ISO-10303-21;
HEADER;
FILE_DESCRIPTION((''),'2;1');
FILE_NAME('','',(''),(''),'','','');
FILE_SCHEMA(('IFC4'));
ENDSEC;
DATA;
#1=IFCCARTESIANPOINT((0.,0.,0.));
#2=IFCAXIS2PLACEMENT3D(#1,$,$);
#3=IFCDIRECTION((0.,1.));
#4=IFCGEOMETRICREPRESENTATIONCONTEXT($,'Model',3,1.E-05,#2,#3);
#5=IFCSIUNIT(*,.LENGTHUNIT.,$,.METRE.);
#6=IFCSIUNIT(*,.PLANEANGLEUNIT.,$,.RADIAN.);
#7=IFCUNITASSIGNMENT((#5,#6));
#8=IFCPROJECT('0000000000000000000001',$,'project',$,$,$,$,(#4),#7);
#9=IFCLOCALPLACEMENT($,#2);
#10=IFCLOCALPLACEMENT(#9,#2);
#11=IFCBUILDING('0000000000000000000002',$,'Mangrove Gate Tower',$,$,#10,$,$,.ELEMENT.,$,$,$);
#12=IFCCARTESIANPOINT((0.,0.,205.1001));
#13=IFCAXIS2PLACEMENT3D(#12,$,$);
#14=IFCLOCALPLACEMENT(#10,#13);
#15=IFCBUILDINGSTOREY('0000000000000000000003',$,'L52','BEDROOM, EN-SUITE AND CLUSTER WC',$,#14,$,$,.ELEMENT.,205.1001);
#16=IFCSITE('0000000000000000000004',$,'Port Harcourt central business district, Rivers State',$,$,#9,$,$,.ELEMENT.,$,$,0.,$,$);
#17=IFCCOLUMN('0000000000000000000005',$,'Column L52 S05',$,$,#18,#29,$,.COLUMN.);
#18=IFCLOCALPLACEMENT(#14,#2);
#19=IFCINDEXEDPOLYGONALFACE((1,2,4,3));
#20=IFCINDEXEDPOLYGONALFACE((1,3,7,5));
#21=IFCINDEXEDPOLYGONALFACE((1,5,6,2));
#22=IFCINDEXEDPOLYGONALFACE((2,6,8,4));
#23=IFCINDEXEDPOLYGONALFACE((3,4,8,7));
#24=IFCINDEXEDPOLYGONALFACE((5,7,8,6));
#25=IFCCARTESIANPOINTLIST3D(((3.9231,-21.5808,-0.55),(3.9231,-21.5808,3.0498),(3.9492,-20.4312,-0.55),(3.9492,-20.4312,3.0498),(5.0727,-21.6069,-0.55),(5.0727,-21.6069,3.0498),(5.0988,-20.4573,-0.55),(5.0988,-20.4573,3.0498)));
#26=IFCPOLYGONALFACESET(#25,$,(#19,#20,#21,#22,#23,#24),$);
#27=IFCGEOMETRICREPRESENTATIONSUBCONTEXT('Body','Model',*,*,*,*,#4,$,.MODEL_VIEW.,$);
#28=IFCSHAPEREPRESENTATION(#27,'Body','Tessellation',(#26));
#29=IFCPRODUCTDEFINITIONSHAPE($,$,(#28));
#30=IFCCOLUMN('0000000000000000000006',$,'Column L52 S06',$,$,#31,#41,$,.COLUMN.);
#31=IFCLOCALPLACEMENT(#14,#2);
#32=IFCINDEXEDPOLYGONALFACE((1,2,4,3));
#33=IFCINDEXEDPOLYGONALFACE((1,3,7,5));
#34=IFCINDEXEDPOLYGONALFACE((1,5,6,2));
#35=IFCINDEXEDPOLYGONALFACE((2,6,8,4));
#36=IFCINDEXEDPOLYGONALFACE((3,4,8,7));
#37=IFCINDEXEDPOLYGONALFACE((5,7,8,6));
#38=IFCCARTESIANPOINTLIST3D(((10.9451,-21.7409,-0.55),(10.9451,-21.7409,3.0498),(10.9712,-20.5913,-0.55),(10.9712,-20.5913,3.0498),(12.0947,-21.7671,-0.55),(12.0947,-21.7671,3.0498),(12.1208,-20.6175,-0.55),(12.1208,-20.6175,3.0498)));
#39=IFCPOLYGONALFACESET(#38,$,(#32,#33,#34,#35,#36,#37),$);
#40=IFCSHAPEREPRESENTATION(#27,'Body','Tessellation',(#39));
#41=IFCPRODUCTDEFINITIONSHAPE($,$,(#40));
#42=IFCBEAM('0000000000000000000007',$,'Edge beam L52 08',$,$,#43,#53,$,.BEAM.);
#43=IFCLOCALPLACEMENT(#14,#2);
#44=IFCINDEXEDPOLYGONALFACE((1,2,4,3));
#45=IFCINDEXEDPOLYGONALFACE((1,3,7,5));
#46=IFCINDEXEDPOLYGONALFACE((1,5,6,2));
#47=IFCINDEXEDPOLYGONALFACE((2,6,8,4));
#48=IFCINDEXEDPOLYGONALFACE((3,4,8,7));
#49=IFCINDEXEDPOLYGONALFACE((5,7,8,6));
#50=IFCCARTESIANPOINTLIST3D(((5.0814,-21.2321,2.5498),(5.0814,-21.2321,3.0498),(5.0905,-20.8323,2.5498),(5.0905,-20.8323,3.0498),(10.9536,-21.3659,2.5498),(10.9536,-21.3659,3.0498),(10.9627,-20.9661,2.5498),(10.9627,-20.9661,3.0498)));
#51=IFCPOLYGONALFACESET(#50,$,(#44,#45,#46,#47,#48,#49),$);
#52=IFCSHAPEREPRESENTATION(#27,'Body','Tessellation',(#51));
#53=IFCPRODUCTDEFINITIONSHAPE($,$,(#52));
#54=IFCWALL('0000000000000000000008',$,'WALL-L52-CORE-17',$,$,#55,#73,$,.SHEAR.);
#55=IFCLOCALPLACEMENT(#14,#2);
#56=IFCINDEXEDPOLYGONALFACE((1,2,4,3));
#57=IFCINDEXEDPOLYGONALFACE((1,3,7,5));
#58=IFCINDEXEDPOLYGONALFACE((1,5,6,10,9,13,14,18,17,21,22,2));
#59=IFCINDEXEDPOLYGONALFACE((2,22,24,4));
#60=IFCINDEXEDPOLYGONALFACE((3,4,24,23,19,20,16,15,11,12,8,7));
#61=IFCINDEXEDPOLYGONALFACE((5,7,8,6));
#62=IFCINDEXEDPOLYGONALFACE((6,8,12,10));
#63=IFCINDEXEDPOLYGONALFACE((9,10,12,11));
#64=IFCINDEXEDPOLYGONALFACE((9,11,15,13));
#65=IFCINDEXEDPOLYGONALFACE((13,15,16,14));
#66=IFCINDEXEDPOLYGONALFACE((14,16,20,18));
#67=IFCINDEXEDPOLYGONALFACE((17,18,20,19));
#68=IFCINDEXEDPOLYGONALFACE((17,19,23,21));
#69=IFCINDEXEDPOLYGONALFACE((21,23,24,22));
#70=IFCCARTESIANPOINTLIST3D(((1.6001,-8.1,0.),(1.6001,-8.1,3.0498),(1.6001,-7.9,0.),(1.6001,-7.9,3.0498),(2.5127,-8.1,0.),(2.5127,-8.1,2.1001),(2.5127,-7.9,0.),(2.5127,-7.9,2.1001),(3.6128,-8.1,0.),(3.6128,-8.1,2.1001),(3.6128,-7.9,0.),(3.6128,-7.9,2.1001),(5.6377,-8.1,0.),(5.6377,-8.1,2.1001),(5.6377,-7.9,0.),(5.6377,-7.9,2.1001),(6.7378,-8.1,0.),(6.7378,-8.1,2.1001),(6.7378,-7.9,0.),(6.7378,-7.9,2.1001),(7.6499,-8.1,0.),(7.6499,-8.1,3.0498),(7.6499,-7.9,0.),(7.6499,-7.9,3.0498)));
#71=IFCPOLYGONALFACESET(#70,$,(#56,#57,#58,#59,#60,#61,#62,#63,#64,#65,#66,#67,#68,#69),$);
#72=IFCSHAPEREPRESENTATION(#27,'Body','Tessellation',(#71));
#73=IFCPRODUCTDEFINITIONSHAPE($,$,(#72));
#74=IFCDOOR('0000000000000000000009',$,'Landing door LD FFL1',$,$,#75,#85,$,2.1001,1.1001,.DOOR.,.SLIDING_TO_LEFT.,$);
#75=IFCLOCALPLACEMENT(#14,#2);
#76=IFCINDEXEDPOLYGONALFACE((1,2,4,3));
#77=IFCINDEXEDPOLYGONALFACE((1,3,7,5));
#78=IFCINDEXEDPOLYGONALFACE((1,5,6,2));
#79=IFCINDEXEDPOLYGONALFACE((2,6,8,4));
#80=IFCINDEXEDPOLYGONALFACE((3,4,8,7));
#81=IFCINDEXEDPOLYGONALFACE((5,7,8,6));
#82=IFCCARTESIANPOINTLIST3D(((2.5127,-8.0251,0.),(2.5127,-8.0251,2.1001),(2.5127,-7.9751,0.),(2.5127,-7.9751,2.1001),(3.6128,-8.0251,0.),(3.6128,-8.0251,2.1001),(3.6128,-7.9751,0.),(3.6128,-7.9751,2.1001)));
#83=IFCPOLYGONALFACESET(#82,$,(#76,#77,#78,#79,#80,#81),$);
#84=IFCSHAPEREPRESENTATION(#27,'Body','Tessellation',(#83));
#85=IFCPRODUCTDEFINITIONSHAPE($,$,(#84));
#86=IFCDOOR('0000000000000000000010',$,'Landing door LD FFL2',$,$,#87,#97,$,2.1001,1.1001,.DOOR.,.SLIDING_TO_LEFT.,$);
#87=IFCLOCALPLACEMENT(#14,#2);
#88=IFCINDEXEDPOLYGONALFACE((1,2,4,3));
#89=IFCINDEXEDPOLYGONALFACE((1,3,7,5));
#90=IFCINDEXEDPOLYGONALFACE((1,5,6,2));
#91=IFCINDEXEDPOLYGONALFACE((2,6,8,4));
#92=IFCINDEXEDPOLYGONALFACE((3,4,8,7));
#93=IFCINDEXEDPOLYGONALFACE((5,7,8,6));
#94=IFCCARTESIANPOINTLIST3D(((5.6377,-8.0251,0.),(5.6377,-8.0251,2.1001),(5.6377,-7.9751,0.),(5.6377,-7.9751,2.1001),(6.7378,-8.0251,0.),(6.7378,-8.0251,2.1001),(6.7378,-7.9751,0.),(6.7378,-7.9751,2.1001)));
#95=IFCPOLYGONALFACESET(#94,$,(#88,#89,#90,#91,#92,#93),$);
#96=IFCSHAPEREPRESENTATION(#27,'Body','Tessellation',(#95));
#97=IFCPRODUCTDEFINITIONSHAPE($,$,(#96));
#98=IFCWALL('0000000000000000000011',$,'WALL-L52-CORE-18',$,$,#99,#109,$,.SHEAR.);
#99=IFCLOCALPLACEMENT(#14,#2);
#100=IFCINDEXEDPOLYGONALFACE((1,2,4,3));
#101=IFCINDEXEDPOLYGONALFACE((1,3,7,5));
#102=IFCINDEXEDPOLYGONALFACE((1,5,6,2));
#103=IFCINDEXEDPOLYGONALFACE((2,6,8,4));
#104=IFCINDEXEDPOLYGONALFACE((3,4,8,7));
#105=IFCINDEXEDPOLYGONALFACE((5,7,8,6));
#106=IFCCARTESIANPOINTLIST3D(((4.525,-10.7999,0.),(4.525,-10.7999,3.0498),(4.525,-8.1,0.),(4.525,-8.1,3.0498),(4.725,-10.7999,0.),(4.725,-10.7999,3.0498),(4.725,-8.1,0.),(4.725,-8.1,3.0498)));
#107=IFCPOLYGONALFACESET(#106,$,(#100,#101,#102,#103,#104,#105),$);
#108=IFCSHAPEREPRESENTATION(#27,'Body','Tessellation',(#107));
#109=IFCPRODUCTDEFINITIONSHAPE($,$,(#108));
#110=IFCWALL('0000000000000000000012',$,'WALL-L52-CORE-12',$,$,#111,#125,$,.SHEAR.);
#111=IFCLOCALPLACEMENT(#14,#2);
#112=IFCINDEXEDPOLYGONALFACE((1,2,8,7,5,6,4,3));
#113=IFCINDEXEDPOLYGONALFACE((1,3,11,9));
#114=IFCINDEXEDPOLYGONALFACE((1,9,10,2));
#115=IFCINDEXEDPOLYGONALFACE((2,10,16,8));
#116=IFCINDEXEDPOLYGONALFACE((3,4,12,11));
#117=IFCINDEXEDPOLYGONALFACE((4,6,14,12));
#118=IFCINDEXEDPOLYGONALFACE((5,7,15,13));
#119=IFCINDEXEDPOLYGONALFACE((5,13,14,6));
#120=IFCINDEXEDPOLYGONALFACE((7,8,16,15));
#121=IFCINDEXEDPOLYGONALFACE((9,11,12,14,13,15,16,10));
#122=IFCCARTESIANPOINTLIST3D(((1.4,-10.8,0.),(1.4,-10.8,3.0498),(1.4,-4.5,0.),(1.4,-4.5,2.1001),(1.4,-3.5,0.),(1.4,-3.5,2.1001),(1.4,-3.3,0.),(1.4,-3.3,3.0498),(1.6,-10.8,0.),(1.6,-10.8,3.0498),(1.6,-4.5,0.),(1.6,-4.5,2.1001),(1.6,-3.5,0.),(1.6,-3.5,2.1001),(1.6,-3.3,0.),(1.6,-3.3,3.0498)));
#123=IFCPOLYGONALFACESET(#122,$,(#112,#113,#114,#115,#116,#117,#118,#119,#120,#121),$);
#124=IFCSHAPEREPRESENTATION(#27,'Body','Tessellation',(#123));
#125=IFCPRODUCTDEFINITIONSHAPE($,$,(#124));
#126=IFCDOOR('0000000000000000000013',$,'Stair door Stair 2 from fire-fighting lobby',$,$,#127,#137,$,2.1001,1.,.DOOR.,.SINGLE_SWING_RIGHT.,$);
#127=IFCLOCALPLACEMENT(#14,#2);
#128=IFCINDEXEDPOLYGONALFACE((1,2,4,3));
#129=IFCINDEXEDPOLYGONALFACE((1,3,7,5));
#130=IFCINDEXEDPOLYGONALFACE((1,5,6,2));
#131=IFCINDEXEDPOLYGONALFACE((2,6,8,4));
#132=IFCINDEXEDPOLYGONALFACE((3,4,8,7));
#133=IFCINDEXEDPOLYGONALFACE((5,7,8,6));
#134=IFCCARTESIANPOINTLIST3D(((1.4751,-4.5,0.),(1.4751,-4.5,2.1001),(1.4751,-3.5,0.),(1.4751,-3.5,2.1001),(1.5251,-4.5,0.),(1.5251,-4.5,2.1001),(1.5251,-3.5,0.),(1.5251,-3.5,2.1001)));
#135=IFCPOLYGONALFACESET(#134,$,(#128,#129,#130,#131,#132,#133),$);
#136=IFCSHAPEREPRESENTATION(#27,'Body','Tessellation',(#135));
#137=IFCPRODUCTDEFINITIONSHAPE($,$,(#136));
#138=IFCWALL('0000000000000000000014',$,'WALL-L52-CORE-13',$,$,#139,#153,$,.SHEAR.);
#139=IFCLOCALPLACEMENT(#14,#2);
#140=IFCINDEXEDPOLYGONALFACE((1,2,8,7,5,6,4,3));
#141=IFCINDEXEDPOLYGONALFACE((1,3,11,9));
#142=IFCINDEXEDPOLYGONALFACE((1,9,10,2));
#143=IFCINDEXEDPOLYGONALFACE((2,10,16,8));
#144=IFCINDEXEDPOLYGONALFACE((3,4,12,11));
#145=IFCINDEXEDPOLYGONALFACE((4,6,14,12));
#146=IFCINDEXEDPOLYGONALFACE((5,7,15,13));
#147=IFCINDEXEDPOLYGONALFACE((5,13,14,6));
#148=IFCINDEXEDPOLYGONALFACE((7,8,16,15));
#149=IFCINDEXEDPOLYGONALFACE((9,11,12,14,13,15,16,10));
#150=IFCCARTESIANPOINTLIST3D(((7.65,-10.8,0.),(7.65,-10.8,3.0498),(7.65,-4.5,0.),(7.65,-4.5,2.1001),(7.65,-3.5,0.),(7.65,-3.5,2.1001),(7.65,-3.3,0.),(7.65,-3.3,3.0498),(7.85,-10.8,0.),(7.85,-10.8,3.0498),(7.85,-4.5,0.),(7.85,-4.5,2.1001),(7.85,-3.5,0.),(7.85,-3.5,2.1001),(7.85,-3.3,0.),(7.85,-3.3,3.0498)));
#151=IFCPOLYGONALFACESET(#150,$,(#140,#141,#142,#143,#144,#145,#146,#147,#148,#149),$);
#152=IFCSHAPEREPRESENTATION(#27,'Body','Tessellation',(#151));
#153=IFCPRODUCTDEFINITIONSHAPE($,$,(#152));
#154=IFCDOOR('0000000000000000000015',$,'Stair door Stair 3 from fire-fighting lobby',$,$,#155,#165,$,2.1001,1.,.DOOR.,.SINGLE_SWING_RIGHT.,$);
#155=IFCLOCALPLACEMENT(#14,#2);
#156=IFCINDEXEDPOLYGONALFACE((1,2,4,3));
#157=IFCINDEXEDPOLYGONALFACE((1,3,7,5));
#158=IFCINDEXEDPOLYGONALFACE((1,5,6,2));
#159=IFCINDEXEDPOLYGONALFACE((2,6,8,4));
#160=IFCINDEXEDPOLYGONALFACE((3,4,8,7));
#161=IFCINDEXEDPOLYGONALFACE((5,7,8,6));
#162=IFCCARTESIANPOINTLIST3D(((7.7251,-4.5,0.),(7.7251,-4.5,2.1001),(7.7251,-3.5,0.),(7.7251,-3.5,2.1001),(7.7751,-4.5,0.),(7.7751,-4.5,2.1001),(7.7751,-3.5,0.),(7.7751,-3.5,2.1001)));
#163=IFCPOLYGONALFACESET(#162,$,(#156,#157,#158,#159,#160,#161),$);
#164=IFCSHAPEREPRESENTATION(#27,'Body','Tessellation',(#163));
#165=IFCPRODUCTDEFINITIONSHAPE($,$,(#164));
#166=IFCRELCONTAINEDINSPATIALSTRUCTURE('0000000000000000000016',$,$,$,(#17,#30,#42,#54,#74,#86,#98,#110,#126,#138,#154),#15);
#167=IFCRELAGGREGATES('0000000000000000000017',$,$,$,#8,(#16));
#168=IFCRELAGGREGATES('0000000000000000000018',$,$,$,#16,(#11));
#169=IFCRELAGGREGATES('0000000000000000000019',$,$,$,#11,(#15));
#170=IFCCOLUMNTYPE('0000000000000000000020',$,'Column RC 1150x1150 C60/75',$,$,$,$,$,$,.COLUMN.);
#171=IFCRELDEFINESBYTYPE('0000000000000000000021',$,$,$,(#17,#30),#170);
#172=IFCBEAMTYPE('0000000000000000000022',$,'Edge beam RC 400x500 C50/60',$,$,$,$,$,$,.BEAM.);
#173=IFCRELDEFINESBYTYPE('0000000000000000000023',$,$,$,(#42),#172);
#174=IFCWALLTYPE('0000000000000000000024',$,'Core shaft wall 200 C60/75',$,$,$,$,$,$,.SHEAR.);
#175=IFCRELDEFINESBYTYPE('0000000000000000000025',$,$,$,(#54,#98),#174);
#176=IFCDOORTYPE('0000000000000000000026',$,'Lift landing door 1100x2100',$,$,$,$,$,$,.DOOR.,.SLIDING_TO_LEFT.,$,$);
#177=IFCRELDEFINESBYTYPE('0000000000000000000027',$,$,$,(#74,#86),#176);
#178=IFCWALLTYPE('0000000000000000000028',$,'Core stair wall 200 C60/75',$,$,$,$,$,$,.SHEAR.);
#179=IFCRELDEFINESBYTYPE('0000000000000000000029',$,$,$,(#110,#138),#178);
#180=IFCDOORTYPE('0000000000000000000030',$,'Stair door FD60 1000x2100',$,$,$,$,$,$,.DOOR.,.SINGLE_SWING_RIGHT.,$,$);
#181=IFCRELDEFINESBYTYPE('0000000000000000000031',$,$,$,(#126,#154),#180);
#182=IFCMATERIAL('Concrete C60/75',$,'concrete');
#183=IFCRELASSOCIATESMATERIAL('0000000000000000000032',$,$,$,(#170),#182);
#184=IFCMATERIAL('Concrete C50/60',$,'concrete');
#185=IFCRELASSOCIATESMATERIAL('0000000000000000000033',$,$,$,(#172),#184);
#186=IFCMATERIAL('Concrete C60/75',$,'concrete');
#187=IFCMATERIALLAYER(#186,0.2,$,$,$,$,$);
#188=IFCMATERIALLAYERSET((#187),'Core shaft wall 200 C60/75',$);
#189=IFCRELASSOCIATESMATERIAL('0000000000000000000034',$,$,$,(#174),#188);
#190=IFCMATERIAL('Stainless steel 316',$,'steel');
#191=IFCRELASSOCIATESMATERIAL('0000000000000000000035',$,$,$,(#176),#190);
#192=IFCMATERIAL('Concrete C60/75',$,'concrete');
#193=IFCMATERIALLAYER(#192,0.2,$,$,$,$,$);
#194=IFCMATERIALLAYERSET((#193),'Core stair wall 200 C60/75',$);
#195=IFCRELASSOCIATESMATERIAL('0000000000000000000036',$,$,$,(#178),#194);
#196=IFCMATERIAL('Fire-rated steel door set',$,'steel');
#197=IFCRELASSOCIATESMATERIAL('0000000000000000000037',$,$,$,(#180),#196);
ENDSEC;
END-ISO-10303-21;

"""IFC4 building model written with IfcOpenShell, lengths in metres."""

from ifc_helpers import new_model, si_unit, direction, frame, frame_2d, origin, origin_2d, place, context, subcontext, project, spatial, rectangle, extrude, material, layer, layer_set, material_profile, profile_set, type_object, element, fill, save


model = new_model("IFC4")

# Units and contexts
model_context = context("Model", 3, precision=1e-05, world=origin(), true_north=direction((0.0, 1.0)))
body_context = subcontext(model_context, "Body", "Model", "MODEL_VIEW")
ifc_project = project(units=[si_unit("LENGTHUNIT", "METRE"), si_unit("PLANEANGLEUNIT", "RADIAN")], contexts=[model_context])

# Site, building, storey
site_placement = place(None, origin())
site = spatial("IfcSite", under=ifc_project, at=site_placement, Name="Port Harcourt central business district, Rivers State", CompositionType="ELEMENT", RefElevation=0.0)
building_placement = place(site_placement, origin())
building = spatial("IfcBuilding", under=site, at=building_placement, Name="Mangrove Gate Tower", CompositionType="ELEMENT")
storey_placement = place(building_placement, frame((0.0, 0.0, 205.1001)))
storey = spatial("IfcBuildingStorey", under=building, at=storey_placement, Name="L52", Description="BEDROOM, EN-SUITE AND CLUSTER WC", CompositionType="ELEMENT", Elevation=205.1001)

# Columns
ifc_material_1 = material(Name="Concrete C60/75", Category="concrete")
ifc_material_profile_1 = material_profile(ifc_material_1, rectangle(XDim=1.1499, YDim=1.1499, at=origin_2d()))
ifc_profile_set_1 = profile_set([ifc_material_profile_1], Name="Concrete C60/75")
column_type = type_object("IfcColumnType", Name="Column RC 1150x1150 C60/75", PredefinedType="COLUMN", material=ifc_profile_set_1)
for number, where, z_axis, x_axis, name in (
    (1, (4.511, -21.019, -0.55), (0.0, 0.0, 1.0), (0.999742, -0.022708, 0.0), "Column L52 S05"),
    (2, (11.533, -21.1792, -0.55), (0.0, 0.0, 1.0), (0.999742, -0.022707, 0.0), "Column L52 S06"),
):
    element("IfcColumn", number, at=place(storey_placement, frame(where, z_axis=z_axis, x_axis=x_axis)), inside=storey, type_object=column_type, Name=name, PredefinedType="COLUMN", context=body_context, shape_type="SweptSolid", body=[
        extrude(rectangle(XDim=1.1499, YDim=1.1499, at=origin_2d()), origin(), (0.0, 0.0, 1.0), 3.5999),
    ])

# Beam
ifc_material_2 = material(Name="Concrete C50/60", Category="concrete")
ifc_material_profile_2 = material_profile(ifc_material_2, rectangle(XDim=0.3999, YDim=0.5, at=origin_2d()))
ifc_profile_set_2 = profile_set([ifc_material_profile_2], Name="Concrete C50/60")
beam_type = type_object("IfcBeamType", Name="Edge beam RC 400x500 C50/60", PredefinedType="BEAM", material=ifc_profile_set_2)
beam_placement = place(storey_placement, frame((5.0859, -21.0322, 2.7998), z_axis=(0.999741, -0.022777, 0.0), x_axis=(0.022777, 0.999741, 0.0)))
element("IfcBeam", 3, at=beam_placement, inside=storey, type_object=beam_type, Name="Edge beam L52 08", PredefinedType="BEAM", context=body_context, shape_type="SweptSolid", body=[
    extrude(rectangle(XDim=0.3999, YDim=0.5, at=origin_2d()), origin(), (0.0, 0.0, 1.0), 5.8738),
])

# Wall, openings, doors
ifc_material_3 = material(Name="Concrete C60/75", Category="concrete")
ifc_layer_1 = layer(ifc_material_3, 0.2)
ifc_layer_set_1 = layer_set([ifc_layer_1], Name="Core shaft wall 200 C60/75")
wall_type_1 = type_object("IfcWallType", Name="Core shaft wall 200 C60/75", PredefinedType="SHEAR", material=ifc_layer_set_1)
wall_1_placement = place(storey_placement, frame((1.6001, -8.0, 0.0), z_axis=(0.0, 0.0, 1.0), x_axis=(1.0, 0.0, 0.0)))
wall_1 = element("IfcWall", 4, at=wall_1_placement, inside=storey, type_object=wall_type_1, Name="WALL-L52-CORE-17", PredefinedType="SHEAR", context=body_context, shape_type="SweptSolid", body=[
    extrude(rectangle(XDim=6.0498, YDim=0.2, at=frame_2d((3.0249, 0.0))), origin(), (0.0, 0.0, 1.0), 3.0498),
])
opening_1_placement = place(wall_1_placement, frame((0.9126, 0.0, 0.0)))
opening_1 = element("IfcOpeningElement", 5, at=opening_1_placement, cuts=wall_1, PredefinedType="OPENING", context=body_context, shape_type="SweptSolid", body=[
    extrude(rectangle(XDim=1.1001, YDim=2.1001, at=frame_2d((0.55, 1.05))), frame((0.0, 0.1099, 0.0), z_axis=(0.0, -1.0, 0.0), x_axis=(1.0, 0.0, 0.0)), (0.0, 0.0, 1.0), 0.22),
])
opening_2_placement = place(wall_1_placement, frame((4.0376, 0.0, 0.0)))
opening_2 = element("IfcOpeningElement", 6, at=opening_2_placement, cuts=wall_1, PredefinedType="OPENING", context=body_context, shape_type="SweptSolid", body=[
    extrude(rectangle(XDim=1.1001, YDim=2.1001, at=frame_2d((0.55, 1.05))), frame((0.0, 0.1099, 0.0), z_axis=(0.0, -1.0, 0.0), x_axis=(1.0, 0.0, 0.0)), (0.0, 0.0, 1.0), 0.22),
])
ifc_material_4 = material(Name="Stainless steel 316", Category="steel")
door_type_1 = type_object("IfcDoorType", Name="Lift landing door 1100x2100", OperationType="SLIDING_TO_LEFT", PredefinedType="DOOR", material=ifc_material_4)
door_1_placement = place(opening_1_placement, origin())
door_1 = element("IfcDoor", 7, at=door_1_placement, inside=storey, type_object=door_type_1, Name="Landing door LD FFL1", OperationType="SLIDING_TO_LEFT", OverallHeight=2.1001, OverallWidth=1.1001, PredefinedType="DOOR", context=body_context, shape_type="SweptSolid", body=[
    extrude(rectangle(XDim=1.1001, YDim=2.1001, at=frame_2d((0.55, 1.05))), frame((0.0, 0.0249, 0.0), z_axis=(0.0, -1.0, 0.0), x_axis=(1.0, 0.0, 0.0)), (0.0, 0.0, 1.0), 0.05),
])
fill(opening_1, door_1)
door_2_placement = place(opening_2_placement, origin())
door_2 = element("IfcDoor", 8, at=door_2_placement, inside=storey, type_object=door_type_1, Name="Landing door LD FFL2", OperationType="SLIDING_TO_LEFT", OverallHeight=2.1001, OverallWidth=1.1001, PredefinedType="DOOR", context=body_context, shape_type="SweptSolid", body=[
    extrude(rectangle(XDim=1.1001, YDim=2.1001, at=frame_2d((0.55, 1.05))), frame((0.0, 0.0249, 0.0), z_axis=(0.0, -1.0, 0.0), x_axis=(1.0, 0.0, 0.0)), (0.0, 0.0, 1.0), 0.05),
])
fill(opening_2, door_2)

# Wall
wall_2_placement = place(storey_placement, frame((4.625, -10.8, 0.0), z_axis=(0.0, 0.0, 1.0), x_axis=(0.0, 1.0, 0.0)))
element("IfcWall", 9, at=wall_2_placement, inside=storey, type_object=wall_type_1, Name="WALL-L52-CORE-18", PredefinedType="SHEAR", context=body_context, shape_type="SweptSolid", body=[
    extrude(rectangle(XDim=2.7, YDim=0.2, at=frame_2d((1.3501, 0.0))), origin(), (0.0, 0.0, 1.0), 3.0498),
])

# Walls, openings, doors
ifc_material_5 = material(Name="Concrete C60/75", Category="concrete")
ifc_layer_2 = layer(ifc_material_5, 0.2)
ifc_layer_set_2 = layer_set([ifc_layer_2], Name="Core stair wall 200 C60/75")
wall_type_2 = type_object("IfcWallType", Name="Core stair wall 200 C60/75", PredefinedType="SHEAR", material=ifc_layer_set_2)
wall_3_placement = place(storey_placement, frame((1.5, -10.8, 0.0), z_axis=(0.0, 0.0, 1.0), x_axis=(0.0, 1.0, 0.0)))
wall_3 = element("IfcWall", 10, at=wall_3_placement, inside=storey, type_object=wall_type_2, Name="WALL-L52-CORE-12", PredefinedType="SHEAR", context=body_context, shape_type="SweptSolid", body=[
    extrude(rectangle(XDim=7.5, YDim=0.2, at=frame_2d((3.75, 0.0))), origin(), (0.0, 0.0, 1.0), 3.0498),
])
opening_3_placement = place(wall_3_placement, frame((6.3, 0.0, 0.0)))
opening_3 = element("IfcOpeningElement", 11, at=opening_3_placement, cuts=wall_3, PredefinedType="OPENING", context=body_context, shape_type="SweptSolid", body=[
    extrude(rectangle(XDim=1.0, YDim=2.1001, at=frame_2d((0.5, 1.05))), frame((0.0, 0.1099, 0.0), z_axis=(0.0, -1.0, 0.0), x_axis=(1.0, 0.0, 0.0)), (0.0, 0.0, 1.0), 0.22),
])
ifc_material_6 = material(Name="Fire-rated steel door set", Category="steel")
door_type_2 = type_object("IfcDoorType", Name="Stair door FD60 1000x2100", OperationType="SINGLE_SWING_RIGHT", PredefinedType="DOOR", material=ifc_material_6)
door_3_placement = place(opening_3_placement, origin())
door_3 = element("IfcDoor", 12, at=door_3_placement, inside=storey, type_object=door_type_2, Name="Stair door Stair 2 from fire-fighting lobby", OperationType="SINGLE_SWING_RIGHT", OverallHeight=2.1001, OverallWidth=1.0, PredefinedType="DOOR", context=body_context, shape_type="SweptSolid", body=[
    extrude(rectangle(XDim=1.0, YDim=2.1001, at=frame_2d((0.5, 1.05))), frame((0.0, 0.0249, 0.0), z_axis=(0.0, -1.0, 0.0), x_axis=(1.0, 0.0, 0.0)), (0.0, 0.0, 1.0), 0.05),
])
fill(opening_3, door_3)
wall_4_placement = place(storey_placement, frame((7.75, -10.8, 0.0), z_axis=(0.0, 0.0, 1.0), x_axis=(0.0, 1.0, 0.0)))
wall_4 = element("IfcWall", 13, at=wall_4_placement, inside=storey, type_object=wall_type_2, Name="WALL-L52-CORE-13", PredefinedType="SHEAR", context=body_context, shape_type="SweptSolid", body=[
    extrude(rectangle(XDim=7.5, YDim=0.2, at=frame_2d((3.75, 0.0))), origin(), (0.0, 0.0, 1.0), 3.0498),
])
opening_4_placement = place(wall_4_placement, frame((6.3, 0.0, 0.0)))
opening_4 = element("IfcOpeningElement", 14, at=opening_4_placement, cuts=wall_4, PredefinedType="OPENING", context=body_context, shape_type="SweptSolid", body=[
    extrude(rectangle(XDim=1.0, YDim=2.1001, at=frame_2d((0.5, 1.05))), frame((0.0, 0.1099, 0.0), z_axis=(0.0, -1.0, 0.0), x_axis=(1.0, 0.0, 0.0)), (0.0, 0.0, 1.0), 0.22),
])
door_4_placement = place(opening_4_placement, origin())
door_4 = element("IfcDoor", 15, at=door_4_placement, inside=storey, type_object=door_type_2, Name="Stair door Stair 3 from fire-fighting lobby", OperationType="SINGLE_SWING_RIGHT", OverallHeight=2.1001, OverallWidth=1.0, PredefinedType="DOOR", context=body_context, shape_type="SweptSolid", body=[
    extrude(rectangle(XDim=1.0, YDim=2.1001, at=frame_2d((0.5, 1.05))), frame((0.0, 0.0249, 0.0), z_axis=(0.0, -1.0, 0.0), x_axis=(1.0, 0.0, 0.0)), (0.0, 0.0, 1.0), 0.05),
])
fill(opening_4, door_4)

save(model, "model.ifc")
